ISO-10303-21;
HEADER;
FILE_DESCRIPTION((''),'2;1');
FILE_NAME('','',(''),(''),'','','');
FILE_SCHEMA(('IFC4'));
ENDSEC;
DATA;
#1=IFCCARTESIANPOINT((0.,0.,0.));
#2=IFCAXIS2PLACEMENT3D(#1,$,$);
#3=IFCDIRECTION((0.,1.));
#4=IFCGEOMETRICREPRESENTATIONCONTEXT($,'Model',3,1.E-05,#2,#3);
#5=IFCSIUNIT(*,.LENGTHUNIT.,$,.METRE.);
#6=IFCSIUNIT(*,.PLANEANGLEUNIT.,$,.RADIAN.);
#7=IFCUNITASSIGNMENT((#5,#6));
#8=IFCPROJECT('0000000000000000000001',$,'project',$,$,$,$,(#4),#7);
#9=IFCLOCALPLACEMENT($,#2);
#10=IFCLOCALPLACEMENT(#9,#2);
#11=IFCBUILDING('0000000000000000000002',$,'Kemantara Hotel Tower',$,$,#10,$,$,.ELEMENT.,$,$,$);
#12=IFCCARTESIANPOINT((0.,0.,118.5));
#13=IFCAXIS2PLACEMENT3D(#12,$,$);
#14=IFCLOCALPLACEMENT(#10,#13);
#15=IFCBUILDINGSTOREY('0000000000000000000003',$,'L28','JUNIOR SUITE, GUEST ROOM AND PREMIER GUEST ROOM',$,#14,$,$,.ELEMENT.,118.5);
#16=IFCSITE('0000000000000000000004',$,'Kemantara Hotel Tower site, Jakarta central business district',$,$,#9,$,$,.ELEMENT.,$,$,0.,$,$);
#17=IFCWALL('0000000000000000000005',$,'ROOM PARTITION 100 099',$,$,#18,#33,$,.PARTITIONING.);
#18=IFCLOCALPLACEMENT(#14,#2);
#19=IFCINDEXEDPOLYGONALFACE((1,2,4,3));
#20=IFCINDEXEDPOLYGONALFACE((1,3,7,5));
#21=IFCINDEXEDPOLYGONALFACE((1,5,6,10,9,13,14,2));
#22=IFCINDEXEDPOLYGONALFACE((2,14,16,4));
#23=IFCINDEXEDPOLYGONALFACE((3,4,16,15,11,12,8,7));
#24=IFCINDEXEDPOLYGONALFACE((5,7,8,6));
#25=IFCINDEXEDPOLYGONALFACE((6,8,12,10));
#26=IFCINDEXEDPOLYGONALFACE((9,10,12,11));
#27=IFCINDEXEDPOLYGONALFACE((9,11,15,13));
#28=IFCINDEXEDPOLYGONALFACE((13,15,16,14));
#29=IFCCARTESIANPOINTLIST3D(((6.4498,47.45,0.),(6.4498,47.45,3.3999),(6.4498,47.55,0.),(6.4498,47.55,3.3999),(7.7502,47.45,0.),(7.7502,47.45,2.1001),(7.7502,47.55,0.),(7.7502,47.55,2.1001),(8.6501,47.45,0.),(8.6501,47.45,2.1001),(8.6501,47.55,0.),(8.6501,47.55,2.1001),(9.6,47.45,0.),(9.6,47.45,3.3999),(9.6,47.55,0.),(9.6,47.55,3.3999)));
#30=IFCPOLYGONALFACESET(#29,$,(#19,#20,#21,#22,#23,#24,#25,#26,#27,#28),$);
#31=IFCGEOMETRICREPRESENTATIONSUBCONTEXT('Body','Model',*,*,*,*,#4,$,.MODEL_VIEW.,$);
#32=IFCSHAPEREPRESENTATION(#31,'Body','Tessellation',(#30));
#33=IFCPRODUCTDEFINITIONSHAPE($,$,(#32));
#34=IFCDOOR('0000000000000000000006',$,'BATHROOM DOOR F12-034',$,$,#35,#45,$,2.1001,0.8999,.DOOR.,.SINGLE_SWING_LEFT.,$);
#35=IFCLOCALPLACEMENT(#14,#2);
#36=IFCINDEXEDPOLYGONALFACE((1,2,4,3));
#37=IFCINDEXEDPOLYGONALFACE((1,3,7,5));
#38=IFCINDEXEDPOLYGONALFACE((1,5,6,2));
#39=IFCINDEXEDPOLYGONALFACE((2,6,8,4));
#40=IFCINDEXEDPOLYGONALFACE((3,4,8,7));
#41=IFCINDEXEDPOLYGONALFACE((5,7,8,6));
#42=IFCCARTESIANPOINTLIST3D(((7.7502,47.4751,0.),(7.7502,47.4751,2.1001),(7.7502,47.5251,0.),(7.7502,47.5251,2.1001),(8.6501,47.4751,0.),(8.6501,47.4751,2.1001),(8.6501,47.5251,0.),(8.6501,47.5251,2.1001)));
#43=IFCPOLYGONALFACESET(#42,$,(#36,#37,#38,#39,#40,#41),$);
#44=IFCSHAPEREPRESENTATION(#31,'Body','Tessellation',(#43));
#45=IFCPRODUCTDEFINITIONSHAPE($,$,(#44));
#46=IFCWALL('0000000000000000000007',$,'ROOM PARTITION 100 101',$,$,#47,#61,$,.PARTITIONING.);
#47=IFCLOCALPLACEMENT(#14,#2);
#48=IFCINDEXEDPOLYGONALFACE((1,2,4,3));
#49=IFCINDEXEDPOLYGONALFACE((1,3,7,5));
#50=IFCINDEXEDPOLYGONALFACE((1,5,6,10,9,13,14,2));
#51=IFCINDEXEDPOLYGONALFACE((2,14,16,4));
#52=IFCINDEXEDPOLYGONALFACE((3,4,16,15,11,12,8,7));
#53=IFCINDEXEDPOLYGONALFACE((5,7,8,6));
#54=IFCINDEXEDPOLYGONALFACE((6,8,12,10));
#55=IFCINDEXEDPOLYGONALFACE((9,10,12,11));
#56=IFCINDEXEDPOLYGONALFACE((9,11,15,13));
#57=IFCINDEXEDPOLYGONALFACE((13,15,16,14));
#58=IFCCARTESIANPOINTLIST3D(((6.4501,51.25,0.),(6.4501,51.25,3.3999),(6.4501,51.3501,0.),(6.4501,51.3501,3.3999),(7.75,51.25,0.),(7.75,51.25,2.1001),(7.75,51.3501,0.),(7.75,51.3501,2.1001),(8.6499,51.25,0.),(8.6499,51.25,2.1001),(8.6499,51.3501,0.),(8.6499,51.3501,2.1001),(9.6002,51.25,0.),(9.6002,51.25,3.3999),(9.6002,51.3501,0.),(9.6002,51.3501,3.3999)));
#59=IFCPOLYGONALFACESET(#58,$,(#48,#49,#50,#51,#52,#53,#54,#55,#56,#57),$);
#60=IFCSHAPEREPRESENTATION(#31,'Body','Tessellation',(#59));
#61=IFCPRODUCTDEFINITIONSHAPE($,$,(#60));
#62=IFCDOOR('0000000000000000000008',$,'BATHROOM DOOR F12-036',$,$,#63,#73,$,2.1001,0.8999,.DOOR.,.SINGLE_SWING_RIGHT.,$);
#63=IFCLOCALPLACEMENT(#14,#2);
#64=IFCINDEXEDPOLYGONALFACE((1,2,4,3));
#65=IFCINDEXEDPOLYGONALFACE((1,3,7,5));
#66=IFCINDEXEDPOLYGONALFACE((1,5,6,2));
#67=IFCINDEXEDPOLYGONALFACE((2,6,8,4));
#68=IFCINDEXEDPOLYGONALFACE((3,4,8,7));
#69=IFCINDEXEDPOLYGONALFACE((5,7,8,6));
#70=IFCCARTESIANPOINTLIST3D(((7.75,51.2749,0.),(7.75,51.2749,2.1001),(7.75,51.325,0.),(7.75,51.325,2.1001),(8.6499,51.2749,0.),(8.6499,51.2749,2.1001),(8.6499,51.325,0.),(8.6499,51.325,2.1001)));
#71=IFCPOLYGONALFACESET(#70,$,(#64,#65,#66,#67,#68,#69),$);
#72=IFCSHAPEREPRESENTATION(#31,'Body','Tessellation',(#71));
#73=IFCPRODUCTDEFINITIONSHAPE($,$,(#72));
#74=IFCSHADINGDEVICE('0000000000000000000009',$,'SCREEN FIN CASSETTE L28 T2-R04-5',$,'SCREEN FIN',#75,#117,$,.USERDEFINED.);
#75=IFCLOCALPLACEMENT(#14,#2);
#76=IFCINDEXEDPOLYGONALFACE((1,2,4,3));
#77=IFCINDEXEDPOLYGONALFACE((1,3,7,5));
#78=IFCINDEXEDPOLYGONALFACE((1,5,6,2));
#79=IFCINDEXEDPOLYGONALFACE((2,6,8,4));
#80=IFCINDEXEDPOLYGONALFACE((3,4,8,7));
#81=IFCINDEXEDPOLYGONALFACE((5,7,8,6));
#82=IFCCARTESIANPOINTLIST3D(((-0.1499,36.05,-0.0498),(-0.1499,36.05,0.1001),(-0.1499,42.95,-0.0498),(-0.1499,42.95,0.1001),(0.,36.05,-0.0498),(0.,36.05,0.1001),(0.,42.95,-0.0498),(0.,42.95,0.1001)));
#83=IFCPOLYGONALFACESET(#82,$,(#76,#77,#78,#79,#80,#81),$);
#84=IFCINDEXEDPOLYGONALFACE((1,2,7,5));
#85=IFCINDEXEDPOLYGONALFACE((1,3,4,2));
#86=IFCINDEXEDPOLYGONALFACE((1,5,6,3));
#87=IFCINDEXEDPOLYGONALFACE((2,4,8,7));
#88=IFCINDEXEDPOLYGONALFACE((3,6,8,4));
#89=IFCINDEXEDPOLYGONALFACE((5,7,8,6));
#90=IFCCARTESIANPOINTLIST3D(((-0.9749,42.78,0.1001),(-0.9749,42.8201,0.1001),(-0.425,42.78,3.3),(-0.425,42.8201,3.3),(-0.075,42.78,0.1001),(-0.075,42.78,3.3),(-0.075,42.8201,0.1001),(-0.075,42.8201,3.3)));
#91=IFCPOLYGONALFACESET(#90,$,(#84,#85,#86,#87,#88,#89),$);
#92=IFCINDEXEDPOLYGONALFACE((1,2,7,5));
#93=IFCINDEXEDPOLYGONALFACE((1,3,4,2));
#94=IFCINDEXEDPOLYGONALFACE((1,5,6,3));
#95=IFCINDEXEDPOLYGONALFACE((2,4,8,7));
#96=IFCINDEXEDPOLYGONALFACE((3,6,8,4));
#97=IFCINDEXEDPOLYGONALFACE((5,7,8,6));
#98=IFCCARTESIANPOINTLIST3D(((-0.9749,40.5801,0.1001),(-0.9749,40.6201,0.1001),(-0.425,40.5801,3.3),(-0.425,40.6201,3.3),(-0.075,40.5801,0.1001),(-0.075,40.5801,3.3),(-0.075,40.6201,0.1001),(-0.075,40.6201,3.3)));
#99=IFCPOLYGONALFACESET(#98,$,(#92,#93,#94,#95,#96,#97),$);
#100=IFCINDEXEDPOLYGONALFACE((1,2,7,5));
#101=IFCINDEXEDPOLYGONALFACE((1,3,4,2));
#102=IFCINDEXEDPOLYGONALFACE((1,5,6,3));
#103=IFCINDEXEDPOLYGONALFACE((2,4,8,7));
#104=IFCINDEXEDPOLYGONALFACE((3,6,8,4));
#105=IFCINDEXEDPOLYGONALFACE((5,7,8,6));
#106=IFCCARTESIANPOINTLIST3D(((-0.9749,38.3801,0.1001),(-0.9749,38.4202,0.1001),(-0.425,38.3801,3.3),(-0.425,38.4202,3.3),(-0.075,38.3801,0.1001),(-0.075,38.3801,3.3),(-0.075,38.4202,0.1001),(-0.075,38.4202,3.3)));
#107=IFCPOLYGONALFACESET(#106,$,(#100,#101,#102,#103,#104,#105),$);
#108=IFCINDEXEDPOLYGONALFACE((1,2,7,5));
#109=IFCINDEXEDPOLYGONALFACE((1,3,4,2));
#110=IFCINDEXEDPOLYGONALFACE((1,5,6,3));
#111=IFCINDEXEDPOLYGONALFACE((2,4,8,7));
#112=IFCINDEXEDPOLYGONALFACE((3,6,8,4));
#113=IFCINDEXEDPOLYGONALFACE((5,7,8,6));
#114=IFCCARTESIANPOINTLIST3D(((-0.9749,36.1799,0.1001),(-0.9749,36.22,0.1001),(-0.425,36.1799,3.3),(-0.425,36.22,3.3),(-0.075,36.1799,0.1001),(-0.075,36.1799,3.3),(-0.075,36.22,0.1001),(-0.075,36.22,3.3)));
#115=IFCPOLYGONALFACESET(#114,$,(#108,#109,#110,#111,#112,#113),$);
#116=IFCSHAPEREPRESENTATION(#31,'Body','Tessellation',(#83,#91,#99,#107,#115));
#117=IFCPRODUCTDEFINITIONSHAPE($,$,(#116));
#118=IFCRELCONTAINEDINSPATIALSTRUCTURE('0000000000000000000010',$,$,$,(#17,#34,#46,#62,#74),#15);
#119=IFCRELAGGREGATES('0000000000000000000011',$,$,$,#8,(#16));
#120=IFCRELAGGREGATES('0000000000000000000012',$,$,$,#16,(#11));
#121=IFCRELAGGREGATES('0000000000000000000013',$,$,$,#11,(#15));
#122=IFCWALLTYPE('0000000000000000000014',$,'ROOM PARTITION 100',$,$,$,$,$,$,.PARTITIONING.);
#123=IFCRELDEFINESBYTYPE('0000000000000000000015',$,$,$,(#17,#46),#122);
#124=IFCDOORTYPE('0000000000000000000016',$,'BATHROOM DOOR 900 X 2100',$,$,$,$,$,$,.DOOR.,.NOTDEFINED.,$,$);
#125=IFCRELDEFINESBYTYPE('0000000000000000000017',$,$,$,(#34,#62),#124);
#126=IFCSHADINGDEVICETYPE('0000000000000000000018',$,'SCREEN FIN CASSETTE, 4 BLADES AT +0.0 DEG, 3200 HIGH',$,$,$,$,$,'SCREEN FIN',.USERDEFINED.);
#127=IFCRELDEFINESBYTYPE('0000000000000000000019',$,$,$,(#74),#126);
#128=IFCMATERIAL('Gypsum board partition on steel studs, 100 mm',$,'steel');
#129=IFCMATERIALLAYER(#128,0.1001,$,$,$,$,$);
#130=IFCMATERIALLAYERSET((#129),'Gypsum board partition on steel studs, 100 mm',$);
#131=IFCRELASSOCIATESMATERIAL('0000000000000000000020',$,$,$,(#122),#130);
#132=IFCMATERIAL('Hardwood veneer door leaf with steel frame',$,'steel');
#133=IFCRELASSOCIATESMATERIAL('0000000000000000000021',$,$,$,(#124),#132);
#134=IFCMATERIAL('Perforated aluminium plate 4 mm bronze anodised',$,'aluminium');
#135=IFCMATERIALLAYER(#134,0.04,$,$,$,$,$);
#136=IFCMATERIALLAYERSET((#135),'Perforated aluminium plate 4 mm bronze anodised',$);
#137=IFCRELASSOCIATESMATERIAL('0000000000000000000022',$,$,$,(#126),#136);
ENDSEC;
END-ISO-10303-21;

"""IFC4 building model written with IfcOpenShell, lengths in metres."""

from ifc_helpers import new_model, si_unit, direction, frame, frame_2d, origin, origin_2d, place, context, subcontext, project, spatial, polyline, rectangle, outline, extrude, source, transform, mapped, material, layer, layer_set, type_object, element, fill, save


model = new_model("IFC4")

# Units and contexts
model_context = context("Model", 3, precision=1e-05, world=origin(), true_north=direction((0.0, 1.0)))
body_context = subcontext(model_context, "Body", "Model", "MODEL_VIEW")
ifc_project = project(units=[si_unit("LENGTHUNIT", "METRE"), si_unit("PLANEANGLEUNIT", "RADIAN")], contexts=[model_context])

# Site, building, storey
site_placement = place(None, origin())
site = spatial("IfcSite", under=ifc_project, at=site_placement, Name="Kemantara Hotel Tower site, Jakarta central business district", CompositionType="ELEMENT", RefElevation=0.0)
building_placement = place(site_placement, origin())
building = spatial("IfcBuilding", under=site, at=building_placement, Name="Kemantara Hotel Tower", CompositionType="ELEMENT")
storey_placement = place(building_placement, frame((0.0, 0.0, 118.5)))
storey = spatial("IfcBuildingStorey", under=building, at=storey_placement, Name="L28", Description="JUNIOR SUITE, GUEST ROOM AND PREMIER GUEST ROOM", CompositionType="ELEMENT", Elevation=118.5)

# Shared definitions
ifc_material_1 = material(Name="Hardwood veneer door leaf with steel frame", Category="steel")

# Shared definitions
ifc_material_2 = material(Name="Gypsum board partition on steel studs, 100 mm", Category="steel")
ifc_layer_1 = layer(ifc_material_2, 0.1001)
ifc_layer_set_1 = layer_set([ifc_layer_1], Name="Gypsum board partition on steel studs, 100 mm")
wall_type_1 = type_object("IfcWallType", Name="ROOM PARTITION 100", PredefinedType="PARTITIONING", material=ifc_layer_set_1)

# Walls, openings, doors
wall_1_placement = place(storey_placement, frame((9.6001, 47.5, 0.0), z_axis=(0.0, 0.0, 1.0), x_axis=(-1.0, 0.0, 0.0)))
wall_1 = element("IfcWall", 1, at=wall_1_placement, inside=storey, type_object=wall_type_1, Name="ROOM PARTITION 100 099", PredefinedType="PARTITIONING", context=body_context, shape_type="SweptSolid", body=[
    extrude(rectangle(XDim=3.1501, YDim=0.1001, at=frame_2d((1.5752, 0.0))), origin(), (0.0, 0.0, 1.0), 3.3999),
])
opening_1_placement = place(wall_1_placement, frame((0.95, 0.0, 0.0)))
opening_1 = element("IfcOpeningElement", 2, at=opening_1_placement, cuts=wall_1, PredefinedType="OPENING", context=body_context, shape_type="SweptSolid", body=[
    extrude(rectangle(XDim=0.8999, YDim=2.1001, at=frame_2d((0.45, 1.05))), frame((0.0, 0.0601, 0.0), z_axis=(0.0, -1.0, 0.0), x_axis=(1.0, 0.0, 0.0)), (0.0, 0.0, 1.0), 0.1201),
])
door_type_1 = type_object("IfcDoorType", Name="BATHROOM DOOR 900 X 2100", OperationType="NOTDEFINED", PredefinedType="DOOR", material=ifc_material_1)
door_1_placement = place(opening_1_placement, origin())
door_1 = element("IfcDoor", 3, at=door_1_placement, inside=storey, type_object=door_type_1, Name="BATHROOM DOOR F12-034", OperationType="SINGLE_SWING_LEFT", OverallHeight=2.1001, OverallWidth=0.8999, PredefinedType="DOOR", context=body_context, shape_type="SweptSolid", body=[
    extrude(rectangle(XDim=0.8999, YDim=2.1001, at=frame_2d((0.45, 1.05))), frame((0.0, 0.0249, 0.0), z_axis=(0.0, -1.0, 0.0), x_axis=(1.0, 0.0, 0.0)), (0.0, 0.0, 1.0), 0.05),
])
fill(opening_1, door_1)
wall_2_placement = place(storey_placement, frame((6.45, 51.3, 0.0), z_axis=(0.0, 0.0, 1.0), x_axis=(1.0, 0.0, 0.0)))
wall_2 = element("IfcWall", 4, at=wall_2_placement, inside=storey, type_object=wall_type_1, Name="ROOM PARTITION 100 101", PredefinedType="PARTITIONING", context=body_context, shape_type="SweptSolid", body=[
    extrude(rectangle(XDim=3.1501, YDim=0.1001, at=frame_2d((1.5752, 0.0))), origin(), (0.0, 0.0, 1.0), 3.3999),
])
opening_2_placement = place(wall_2_placement, frame((1.3, 0.0, 0.0)))
opening_2 = element("IfcOpeningElement", 5, at=opening_2_placement, cuts=wall_2, PredefinedType="OPENING", context=body_context, shape_type="SweptSolid", body=[
    extrude(rectangle(XDim=0.8999, YDim=2.1001, at=frame_2d((0.45, 1.05))), frame((0.0, 0.0601, 0.0), z_axis=(0.0, -1.0, 0.0), x_axis=(1.0, 0.0, 0.0)), (0.0, 0.0, 1.0), 0.1201),
])
door_2_placement = place(opening_2_placement, origin())
door_2 = element("IfcDoor", 6, at=door_2_placement, inside=storey, type_object=door_type_1, Name="BATHROOM DOOR F12-036", OperationType="SINGLE_SWING_RIGHT", OverallHeight=2.1001, OverallWidth=0.8999, PredefinedType="DOOR", context=body_context, shape_type="SweptSolid", body=[
    extrude(rectangle(XDim=0.8999, YDim=2.1001, at=frame_2d((0.45, 1.05))), frame((0.0, 0.0249, 0.0), z_axis=(0.0, -1.0, 0.0), x_axis=(1.0, 0.0, 0.0)), (0.0, 0.0, 1.0), 0.05),
])
fill(opening_2, door_2)

# Shading device
ifc_material_3 = material(Name="Perforated aluminium plate 4 mm bronze anodised", Category="aluminium")
ifc_layer_2 = layer(ifc_material_3, 0.04)
ifc_layer_set_2 = layer_set([ifc_layer_2], Name="Perforated aluminium plate 4 mm bronze anodised")
shading_device_type = type_object("IfcShadingDeviceType", Name="SCREEN FIN CASSETTE, 4 BLADES AT +0.0 DEG, 3200 HIGH", ElementType="SCREEN FIN", PredefinedType="USERDEFINED", material=ifc_layer_set_2)
shared_shape = source(origin(), body_context, "Body", "SweptSolid", [
    extrude(rectangle(XDim=6.8999, YDim=0.1499, at=origin_2d()), frame((3.3, -0.075, -0.1499), z_axis=(0.0, 0.0, 1.0), x_axis=(1.0, 0.0, 0.0)), (0.0, 0.0, 1.0), 0.1499),
    extrude(outline(polyline([(0.0, 0.0), (0.8999, 0.0), (0.3501, 3.2), (0.0, 3.2), (0.0, 0.0)])), frame((0.02, -0.075, 0.0), z_axis=(-1.0, 0.0, 0.0), x_axis=(0.0, -1.0, 0.0)), (0.0, 0.0, 1.0), 0.04),
    extrude(outline(polyline([(0.0, 0.0), (0.8999, 0.0), (0.3501, 3.2), (0.0, 3.2), (0.0, 0.0)])), frame((2.22, -0.075, 0.0), z_axis=(-1.0, 0.0, 0.0), x_axis=(0.0, -1.0, 0.0)), (0.0, 0.0, 1.0), 0.04),
    extrude(outline(polyline([(0.0, 0.0), (0.8999, 0.0), (0.3501, 3.2), (0.0, 3.2), (0.0, 0.0)])), frame((4.4199, -0.075, 0.0), z_axis=(-1.0, 0.0, 0.0), x_axis=(0.0, -1.0, 0.0)), (0.0, 0.0, 1.0), 0.04),
    extrude(outline(polyline([(0.0, 0.0), (0.8999, 0.0), (0.3501, 3.2), (0.0, 3.2), (0.0, 0.0)])), frame((6.6201, -0.075, 0.0), z_axis=(-1.0, 0.0, 0.0), x_axis=(0.0, -1.0, 0.0)), (0.0, 0.0, 1.0), 0.04),
])
shading_device_placement = place(storey_placement, frame((0.0, 42.8, 0.1001), z_axis=(0.0, 0.0, 1.0), x_axis=(0.0, -1.0, 0.0)))
element("IfcShadingDevice", 7, at=shading_device_placement, inside=storey, type_object=shading_device_type, Name="SCREEN FIN CASSETTE L28 T2-R04-5", ObjectType="SCREEN FIN", PredefinedType="USERDEFINED", context=body_context, shape_type="MappedRepresentation", body=[
    mapped(shared_shape, transform((0.0, 0.0, 0.0))),
])

save(model, "model.ifc")
